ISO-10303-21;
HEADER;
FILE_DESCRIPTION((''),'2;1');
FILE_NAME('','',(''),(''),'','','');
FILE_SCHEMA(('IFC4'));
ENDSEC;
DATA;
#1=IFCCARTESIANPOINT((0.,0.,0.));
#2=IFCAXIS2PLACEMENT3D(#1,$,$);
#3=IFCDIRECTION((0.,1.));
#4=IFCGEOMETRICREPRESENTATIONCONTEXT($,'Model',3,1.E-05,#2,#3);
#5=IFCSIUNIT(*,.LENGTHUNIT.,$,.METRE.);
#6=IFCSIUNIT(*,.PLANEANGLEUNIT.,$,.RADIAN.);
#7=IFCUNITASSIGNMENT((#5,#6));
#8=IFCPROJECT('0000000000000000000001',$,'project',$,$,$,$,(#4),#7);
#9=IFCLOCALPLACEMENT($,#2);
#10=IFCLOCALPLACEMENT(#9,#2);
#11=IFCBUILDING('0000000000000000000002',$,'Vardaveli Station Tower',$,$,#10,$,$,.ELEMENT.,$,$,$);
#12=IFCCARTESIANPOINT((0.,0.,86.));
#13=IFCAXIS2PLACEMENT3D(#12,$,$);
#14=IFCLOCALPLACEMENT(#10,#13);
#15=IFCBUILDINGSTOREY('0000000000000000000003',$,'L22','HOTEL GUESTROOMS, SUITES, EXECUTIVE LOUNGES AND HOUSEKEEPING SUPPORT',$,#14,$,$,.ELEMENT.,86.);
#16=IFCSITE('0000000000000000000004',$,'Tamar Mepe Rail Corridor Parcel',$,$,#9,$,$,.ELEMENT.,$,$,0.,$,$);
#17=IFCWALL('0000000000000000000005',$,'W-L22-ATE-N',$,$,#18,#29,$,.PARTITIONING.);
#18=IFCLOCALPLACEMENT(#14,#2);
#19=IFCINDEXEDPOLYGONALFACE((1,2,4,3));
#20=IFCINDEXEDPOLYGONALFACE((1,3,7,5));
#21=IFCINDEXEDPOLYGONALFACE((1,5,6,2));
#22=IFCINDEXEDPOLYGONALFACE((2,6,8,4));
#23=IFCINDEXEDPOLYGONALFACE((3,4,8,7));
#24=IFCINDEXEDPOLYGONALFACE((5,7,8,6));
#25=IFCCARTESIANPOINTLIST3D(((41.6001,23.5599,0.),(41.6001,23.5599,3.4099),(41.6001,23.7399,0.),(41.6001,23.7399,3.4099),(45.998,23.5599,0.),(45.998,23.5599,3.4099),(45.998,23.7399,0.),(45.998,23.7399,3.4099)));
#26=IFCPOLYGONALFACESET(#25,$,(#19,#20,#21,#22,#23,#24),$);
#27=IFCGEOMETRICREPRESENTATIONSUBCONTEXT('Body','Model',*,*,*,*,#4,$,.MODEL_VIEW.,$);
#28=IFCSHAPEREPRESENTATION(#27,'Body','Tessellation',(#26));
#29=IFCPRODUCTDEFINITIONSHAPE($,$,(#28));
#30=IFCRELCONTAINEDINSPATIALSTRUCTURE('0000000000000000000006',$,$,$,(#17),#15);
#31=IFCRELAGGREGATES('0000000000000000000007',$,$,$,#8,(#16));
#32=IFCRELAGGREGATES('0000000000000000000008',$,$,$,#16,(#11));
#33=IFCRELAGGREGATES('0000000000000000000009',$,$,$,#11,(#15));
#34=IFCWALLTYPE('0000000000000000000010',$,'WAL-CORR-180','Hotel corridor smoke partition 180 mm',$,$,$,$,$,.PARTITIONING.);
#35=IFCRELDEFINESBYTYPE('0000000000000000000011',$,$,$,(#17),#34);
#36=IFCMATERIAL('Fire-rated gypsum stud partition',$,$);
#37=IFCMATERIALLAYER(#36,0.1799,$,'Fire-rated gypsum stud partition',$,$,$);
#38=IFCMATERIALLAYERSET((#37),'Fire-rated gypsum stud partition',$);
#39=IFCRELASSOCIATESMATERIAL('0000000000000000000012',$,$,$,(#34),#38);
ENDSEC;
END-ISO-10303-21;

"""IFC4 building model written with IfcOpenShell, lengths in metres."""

from ifc_helpers import new_model, si_unit, direction, frame, frame_2d, origin, place, context, subcontext, project, spatial, rectangle, extrude, source, transform, mapped, material, layer, layer_set, type_object, element, save


model = new_model("IFC4")

# Units and contexts
model_context = context("Model", 3, precision=1e-05, world=origin(), true_north=direction((0.0, 1.0)))
body_context = subcontext(model_context, "Body", "Model", "MODEL_VIEW")
ifc_project = project(units=[si_unit("LENGTHUNIT", "METRE"), si_unit("PLANEANGLEUNIT", "RADIAN")], contexts=[model_context])

# Site, building, storey
site_placement = place(None, origin())
site = spatial("IfcSite", under=ifc_project, at=site_placement, Name="Tamar Mepe Rail Corridor Parcel", CompositionType="ELEMENT", RefElevation=0.0)
building_placement = place(site_placement, origin())
building = spatial("IfcBuilding", under=site, at=building_placement, Name="Vardaveli Station Tower", CompositionType="ELEMENT")
storey_placement = place(building_placement, frame((0.0, 0.0, 86.0)))
storey = spatial("IfcBuildingStorey", under=building, at=storey_placement, Name="L22", Description="HOTEL GUESTROOMS, SUITES, EXECUTIVE LOUNGES AND HOUSEKEEPING SUPPORT", CompositionType="ELEMENT", Elevation=86.0)

# Wall
ifc_material_1 = material(Name="Fire-rated gypsum stud partition")
ifc_layer_1 = layer(ifc_material_1, 0.1799, Name="Fire-rated gypsum stud partition")
ifc_layer_set_1 = layer_set([ifc_layer_1], Name="Fire-rated gypsum stud partition")
wall_type_1 = type_object("IfcWallType", Name="WAL-CORR-180", Description="Hotel corridor smoke partition 180 mm", PredefinedType="PARTITIONING", material=ifc_layer_set_1)
shared_shape_1 = source(origin(), body_context, "Body", "SweptSolid", [
    extrude(rectangle(XDim=4.3979, YDim=0.1799, at=frame_2d((2.199, 0.0))), origin(), (0.0, 0.0, 1.0), 3.4099),
])
wall_1_placement = place(storey_placement, frame((41.6001, 23.6499, 0.0), z_axis=(0.0, 0.0, 1.0), x_axis=(1.0, 0.0, 0.0)))
element("IfcWall", 1, at=wall_1_placement, inside=storey, type_object=wall_type_1, Name="W-L22-ATE-N", PredefinedType="PARTITIONING", context=body_context, shape_type="MappedRepresentation", body=[
    mapped(shared_shape_1, transform((0.0, 0.0, 0.0), scale=1.0)),
])

save(model, "model.ifc")
